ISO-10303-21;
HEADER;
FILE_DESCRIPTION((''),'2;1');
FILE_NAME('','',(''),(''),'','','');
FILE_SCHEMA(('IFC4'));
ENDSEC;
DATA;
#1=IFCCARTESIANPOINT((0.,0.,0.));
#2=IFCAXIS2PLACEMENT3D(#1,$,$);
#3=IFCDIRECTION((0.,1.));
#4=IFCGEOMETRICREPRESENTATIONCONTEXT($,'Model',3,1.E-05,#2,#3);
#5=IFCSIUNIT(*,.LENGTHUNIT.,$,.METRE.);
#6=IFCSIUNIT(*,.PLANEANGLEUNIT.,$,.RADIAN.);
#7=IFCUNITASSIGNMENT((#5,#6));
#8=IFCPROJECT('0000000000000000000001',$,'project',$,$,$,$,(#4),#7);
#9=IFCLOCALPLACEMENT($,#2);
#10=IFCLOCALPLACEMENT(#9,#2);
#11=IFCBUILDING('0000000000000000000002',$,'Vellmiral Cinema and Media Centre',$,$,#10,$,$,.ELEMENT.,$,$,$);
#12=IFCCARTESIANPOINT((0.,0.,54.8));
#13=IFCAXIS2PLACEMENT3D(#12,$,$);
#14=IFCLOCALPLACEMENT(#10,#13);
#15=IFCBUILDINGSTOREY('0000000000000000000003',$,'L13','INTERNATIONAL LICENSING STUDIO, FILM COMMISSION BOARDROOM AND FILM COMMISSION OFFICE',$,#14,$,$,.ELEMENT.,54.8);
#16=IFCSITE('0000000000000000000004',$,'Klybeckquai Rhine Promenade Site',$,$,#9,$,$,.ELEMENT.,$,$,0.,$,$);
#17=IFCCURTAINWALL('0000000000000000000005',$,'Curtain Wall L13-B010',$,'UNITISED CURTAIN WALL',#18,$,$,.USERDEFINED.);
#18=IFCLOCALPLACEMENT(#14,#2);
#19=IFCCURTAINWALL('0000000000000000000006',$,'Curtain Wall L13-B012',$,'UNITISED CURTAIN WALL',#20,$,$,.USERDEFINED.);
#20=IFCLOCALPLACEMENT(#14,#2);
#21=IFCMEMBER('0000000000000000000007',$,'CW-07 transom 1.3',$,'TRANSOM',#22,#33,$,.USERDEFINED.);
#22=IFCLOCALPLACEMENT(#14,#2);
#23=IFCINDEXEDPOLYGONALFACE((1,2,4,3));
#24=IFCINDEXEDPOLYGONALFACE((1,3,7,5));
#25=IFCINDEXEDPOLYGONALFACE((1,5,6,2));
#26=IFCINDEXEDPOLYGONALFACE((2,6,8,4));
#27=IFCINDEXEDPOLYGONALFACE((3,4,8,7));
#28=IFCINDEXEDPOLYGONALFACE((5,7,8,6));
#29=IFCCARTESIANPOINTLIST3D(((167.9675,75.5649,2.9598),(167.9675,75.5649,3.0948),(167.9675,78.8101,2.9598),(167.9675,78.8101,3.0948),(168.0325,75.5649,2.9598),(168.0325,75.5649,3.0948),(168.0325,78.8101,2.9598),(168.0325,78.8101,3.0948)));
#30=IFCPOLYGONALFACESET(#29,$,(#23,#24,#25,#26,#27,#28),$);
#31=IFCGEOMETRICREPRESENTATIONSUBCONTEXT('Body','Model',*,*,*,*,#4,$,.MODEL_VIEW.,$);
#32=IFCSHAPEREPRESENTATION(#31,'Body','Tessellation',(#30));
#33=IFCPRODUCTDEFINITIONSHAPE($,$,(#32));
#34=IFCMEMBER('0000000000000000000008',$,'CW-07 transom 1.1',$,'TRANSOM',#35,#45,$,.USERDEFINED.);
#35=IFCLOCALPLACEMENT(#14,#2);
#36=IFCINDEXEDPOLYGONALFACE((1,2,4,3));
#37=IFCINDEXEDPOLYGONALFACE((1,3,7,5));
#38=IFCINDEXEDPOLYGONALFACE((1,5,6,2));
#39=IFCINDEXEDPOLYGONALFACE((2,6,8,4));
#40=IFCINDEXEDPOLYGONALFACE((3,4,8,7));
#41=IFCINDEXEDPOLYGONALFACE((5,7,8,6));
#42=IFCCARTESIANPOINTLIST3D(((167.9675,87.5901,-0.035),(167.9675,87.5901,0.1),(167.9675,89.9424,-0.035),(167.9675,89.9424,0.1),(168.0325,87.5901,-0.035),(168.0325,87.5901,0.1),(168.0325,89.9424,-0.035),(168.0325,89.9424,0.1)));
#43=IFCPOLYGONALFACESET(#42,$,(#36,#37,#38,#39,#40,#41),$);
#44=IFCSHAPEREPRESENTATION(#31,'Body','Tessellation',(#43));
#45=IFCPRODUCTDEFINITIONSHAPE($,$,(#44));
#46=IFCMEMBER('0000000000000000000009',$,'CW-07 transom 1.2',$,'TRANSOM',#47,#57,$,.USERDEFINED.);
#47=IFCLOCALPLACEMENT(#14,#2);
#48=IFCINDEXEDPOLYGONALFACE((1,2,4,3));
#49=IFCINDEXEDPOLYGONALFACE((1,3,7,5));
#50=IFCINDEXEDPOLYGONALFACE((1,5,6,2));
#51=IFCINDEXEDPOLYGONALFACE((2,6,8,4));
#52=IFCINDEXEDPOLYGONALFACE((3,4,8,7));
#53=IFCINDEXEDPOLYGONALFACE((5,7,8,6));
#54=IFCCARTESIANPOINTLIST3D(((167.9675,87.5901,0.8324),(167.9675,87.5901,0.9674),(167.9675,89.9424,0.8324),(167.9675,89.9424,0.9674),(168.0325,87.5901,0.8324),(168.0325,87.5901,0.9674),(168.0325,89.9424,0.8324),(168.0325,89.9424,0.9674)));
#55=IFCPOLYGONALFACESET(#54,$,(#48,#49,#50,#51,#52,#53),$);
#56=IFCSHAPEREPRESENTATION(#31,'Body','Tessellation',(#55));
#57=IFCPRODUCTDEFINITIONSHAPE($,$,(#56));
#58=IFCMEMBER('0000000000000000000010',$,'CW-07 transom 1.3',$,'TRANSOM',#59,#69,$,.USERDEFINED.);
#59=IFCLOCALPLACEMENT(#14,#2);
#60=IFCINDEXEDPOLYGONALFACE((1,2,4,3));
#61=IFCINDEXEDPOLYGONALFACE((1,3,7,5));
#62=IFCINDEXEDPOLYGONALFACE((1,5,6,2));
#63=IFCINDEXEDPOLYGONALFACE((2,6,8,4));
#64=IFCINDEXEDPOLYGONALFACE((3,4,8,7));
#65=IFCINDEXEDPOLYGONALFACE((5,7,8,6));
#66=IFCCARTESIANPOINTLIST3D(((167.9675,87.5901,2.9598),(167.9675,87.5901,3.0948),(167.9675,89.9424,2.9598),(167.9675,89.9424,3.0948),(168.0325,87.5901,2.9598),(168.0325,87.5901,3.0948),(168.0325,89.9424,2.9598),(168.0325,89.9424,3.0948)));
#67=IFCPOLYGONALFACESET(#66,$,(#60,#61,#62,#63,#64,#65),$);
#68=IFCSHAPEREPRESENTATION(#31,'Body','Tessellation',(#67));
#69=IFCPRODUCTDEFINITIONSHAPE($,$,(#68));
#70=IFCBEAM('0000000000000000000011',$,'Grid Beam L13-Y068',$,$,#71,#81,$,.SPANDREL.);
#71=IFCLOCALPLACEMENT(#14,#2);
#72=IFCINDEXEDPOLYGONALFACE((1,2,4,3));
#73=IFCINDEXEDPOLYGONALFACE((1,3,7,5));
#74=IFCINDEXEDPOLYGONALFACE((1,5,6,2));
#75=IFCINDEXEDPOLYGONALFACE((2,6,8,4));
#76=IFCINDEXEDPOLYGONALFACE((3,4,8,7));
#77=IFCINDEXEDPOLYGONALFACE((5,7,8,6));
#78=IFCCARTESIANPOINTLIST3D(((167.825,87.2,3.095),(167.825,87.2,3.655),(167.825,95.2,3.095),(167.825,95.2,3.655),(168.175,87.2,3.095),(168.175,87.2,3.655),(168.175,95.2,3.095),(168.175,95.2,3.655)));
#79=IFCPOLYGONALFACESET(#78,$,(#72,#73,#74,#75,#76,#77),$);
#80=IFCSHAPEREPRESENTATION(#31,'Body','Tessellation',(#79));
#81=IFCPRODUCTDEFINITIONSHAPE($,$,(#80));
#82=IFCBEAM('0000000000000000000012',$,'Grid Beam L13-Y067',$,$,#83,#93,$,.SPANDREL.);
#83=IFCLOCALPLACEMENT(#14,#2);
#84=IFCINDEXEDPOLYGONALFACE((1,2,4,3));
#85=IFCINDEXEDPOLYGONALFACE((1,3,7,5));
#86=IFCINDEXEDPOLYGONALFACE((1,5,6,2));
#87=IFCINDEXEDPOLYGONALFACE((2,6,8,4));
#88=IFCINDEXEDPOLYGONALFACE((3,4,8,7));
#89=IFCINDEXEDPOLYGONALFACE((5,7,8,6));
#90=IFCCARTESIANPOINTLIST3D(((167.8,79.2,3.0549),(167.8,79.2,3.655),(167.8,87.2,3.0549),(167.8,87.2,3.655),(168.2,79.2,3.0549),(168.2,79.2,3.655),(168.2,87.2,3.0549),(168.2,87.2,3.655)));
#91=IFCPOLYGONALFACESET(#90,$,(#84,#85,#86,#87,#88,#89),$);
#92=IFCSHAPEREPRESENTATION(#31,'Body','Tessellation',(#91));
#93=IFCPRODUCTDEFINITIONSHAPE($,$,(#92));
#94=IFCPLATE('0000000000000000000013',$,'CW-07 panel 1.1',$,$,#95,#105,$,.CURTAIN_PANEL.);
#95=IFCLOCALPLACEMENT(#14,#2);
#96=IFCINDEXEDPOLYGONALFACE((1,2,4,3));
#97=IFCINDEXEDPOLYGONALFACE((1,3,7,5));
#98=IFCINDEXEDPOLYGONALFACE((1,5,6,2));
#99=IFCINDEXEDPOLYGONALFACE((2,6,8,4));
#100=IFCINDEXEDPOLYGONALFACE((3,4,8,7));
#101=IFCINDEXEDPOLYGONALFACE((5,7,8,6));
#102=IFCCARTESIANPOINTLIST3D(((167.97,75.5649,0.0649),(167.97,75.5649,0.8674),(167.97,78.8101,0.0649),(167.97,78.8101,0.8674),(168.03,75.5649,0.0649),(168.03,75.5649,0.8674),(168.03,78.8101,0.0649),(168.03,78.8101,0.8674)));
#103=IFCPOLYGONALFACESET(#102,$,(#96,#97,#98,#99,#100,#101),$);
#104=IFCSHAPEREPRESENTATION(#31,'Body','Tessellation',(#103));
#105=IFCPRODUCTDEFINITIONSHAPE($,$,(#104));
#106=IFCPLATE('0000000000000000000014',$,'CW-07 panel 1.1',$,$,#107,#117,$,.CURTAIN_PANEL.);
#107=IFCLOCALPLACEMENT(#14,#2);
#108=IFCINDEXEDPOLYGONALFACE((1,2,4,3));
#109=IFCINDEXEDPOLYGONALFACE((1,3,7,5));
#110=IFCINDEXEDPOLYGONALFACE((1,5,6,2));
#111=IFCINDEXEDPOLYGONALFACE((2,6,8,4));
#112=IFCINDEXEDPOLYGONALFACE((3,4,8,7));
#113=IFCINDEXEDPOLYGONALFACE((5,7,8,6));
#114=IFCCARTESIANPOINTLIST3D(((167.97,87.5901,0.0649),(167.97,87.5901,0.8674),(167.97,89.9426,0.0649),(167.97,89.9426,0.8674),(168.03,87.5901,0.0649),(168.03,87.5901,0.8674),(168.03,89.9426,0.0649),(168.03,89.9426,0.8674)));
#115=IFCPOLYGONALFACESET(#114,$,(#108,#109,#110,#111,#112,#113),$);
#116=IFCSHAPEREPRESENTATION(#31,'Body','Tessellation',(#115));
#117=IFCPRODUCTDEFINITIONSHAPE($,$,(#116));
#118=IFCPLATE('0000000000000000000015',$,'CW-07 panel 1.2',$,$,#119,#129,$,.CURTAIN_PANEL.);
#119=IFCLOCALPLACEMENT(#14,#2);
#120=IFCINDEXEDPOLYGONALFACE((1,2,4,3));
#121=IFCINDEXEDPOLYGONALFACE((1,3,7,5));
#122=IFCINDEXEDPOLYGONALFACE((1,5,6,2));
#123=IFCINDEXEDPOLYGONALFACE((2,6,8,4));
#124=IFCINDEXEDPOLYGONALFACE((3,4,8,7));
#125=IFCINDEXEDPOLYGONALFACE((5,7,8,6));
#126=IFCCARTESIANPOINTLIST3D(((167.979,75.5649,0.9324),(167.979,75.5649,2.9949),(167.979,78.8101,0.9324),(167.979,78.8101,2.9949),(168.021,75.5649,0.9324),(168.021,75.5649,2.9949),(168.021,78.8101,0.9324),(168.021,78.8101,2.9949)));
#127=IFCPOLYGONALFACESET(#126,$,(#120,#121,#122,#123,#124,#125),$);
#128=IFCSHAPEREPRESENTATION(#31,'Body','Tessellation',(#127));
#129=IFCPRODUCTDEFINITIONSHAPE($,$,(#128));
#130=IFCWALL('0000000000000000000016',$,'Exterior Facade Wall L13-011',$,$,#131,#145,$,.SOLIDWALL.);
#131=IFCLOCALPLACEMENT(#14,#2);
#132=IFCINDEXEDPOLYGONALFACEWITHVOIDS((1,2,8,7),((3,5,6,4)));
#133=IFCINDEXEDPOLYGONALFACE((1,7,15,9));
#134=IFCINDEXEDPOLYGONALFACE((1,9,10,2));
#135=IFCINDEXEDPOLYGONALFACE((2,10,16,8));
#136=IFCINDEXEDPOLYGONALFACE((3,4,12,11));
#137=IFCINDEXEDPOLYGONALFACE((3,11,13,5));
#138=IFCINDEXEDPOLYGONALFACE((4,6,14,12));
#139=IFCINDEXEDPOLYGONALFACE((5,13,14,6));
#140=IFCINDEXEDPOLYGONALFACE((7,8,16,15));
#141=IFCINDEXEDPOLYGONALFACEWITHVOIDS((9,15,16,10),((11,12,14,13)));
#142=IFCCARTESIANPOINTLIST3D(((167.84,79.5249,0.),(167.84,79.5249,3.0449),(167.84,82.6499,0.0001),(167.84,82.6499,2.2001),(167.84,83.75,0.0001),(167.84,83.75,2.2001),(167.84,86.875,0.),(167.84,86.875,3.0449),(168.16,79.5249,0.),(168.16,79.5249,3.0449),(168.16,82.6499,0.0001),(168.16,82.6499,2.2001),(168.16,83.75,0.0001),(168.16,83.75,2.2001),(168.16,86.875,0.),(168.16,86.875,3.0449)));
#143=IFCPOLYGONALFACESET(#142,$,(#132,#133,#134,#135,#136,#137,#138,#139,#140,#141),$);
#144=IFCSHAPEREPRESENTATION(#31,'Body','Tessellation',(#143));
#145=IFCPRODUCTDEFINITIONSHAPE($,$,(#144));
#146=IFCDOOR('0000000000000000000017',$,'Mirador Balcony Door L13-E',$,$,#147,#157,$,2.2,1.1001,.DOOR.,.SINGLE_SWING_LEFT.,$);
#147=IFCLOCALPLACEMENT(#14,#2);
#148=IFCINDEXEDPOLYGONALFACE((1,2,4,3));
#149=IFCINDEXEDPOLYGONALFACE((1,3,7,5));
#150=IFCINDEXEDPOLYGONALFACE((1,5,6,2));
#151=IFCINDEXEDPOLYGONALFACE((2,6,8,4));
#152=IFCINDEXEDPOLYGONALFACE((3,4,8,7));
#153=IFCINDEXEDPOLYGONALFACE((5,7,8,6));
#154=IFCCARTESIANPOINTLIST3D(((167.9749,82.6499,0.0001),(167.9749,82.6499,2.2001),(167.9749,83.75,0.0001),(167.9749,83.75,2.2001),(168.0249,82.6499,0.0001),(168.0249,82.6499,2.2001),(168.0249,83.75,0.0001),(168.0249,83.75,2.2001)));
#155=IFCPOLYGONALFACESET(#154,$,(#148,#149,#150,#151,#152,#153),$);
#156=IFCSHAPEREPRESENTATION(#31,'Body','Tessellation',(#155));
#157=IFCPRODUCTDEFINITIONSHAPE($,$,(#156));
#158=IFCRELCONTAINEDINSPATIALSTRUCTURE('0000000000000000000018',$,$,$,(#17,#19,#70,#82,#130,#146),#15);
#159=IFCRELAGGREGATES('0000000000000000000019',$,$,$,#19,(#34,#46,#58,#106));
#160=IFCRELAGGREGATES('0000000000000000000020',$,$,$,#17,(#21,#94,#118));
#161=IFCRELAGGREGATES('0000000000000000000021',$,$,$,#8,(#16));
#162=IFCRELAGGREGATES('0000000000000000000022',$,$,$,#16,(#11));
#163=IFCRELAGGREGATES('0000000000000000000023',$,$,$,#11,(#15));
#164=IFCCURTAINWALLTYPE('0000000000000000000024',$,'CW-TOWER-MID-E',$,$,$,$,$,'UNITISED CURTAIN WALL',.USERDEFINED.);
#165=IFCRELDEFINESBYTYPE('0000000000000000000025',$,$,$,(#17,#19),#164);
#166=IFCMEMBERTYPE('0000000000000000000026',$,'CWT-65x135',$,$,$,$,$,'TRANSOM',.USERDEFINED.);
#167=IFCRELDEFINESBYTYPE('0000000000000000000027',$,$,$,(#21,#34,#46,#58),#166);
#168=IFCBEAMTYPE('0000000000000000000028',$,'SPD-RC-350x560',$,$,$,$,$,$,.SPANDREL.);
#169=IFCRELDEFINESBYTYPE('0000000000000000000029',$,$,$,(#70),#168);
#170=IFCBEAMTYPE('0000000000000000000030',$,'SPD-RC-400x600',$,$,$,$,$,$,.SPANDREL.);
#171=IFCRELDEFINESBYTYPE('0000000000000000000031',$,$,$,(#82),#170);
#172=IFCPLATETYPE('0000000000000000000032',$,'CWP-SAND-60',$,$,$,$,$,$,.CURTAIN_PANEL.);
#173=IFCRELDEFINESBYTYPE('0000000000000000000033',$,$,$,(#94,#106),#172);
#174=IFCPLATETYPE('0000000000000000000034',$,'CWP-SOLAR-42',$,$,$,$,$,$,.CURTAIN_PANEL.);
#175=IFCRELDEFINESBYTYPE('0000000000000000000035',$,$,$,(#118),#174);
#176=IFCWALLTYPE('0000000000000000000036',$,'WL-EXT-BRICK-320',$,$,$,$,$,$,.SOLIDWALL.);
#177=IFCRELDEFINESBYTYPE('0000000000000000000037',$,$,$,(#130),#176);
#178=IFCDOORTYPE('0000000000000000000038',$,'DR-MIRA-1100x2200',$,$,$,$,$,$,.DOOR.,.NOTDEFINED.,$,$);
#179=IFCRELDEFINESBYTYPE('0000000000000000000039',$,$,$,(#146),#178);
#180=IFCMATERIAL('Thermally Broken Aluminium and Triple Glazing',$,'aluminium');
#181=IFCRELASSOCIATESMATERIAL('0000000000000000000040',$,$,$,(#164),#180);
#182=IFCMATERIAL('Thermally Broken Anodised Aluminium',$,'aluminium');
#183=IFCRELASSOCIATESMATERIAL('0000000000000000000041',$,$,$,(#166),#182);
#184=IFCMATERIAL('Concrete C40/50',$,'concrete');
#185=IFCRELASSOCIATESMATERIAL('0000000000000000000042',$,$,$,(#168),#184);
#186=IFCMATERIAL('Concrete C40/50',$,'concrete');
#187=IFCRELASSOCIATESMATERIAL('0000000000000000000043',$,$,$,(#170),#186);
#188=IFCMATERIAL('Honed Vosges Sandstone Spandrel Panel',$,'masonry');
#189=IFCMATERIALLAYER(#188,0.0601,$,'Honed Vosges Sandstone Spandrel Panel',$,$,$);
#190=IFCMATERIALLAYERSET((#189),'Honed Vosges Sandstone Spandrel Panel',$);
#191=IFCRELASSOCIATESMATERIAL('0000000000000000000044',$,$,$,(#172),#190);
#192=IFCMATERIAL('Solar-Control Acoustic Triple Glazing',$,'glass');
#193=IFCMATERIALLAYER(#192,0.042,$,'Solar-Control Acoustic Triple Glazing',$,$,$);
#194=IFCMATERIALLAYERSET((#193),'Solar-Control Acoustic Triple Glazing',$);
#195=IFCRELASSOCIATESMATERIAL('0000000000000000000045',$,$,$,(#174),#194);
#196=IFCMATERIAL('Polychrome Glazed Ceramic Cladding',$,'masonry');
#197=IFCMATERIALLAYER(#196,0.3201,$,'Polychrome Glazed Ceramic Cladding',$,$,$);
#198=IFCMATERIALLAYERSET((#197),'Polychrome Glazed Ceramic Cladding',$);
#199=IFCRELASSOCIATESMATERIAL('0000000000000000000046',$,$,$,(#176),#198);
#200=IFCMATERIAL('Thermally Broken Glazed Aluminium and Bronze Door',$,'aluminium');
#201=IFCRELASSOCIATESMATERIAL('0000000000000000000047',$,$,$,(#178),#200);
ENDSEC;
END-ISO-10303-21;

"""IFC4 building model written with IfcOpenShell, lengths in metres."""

from ifc_helpers import new_model, si_unit, direction, frame, frame_2d, origin, origin_2d, place, context, subcontext, project, spatial, rectangle, extrude, material, layer, layer_set, material_profile, profile_set, type_object, element, fill, aggregate, save


model = new_model("IFC4")

# Units and contexts
model_context = context("Model", 3, precision=1e-05, world=origin(), true_north=direction((0.0, 1.0)))
body_context = subcontext(model_context, "Body", "Model", "MODEL_VIEW")
ifc_project = project(units=[si_unit("LENGTHUNIT", "METRE"), si_unit("PLANEANGLEUNIT", "RADIAN")], contexts=[model_context])

# Site, building, storey
site_placement = place(None, origin())
site = spatial("IfcSite", under=ifc_project, at=site_placement, Name="Klybeckquai Rhine Promenade Site", CompositionType="ELEMENT", RefElevation=0.0)
building_placement = place(site_placement, origin())
building = spatial("IfcBuilding", under=site, at=building_placement, Name="Vellmiral Cinema and Media Centre", CompositionType="ELEMENT")
storey_placement = place(building_placement, frame((0.0, 0.0, 54.8)))
storey = spatial("IfcBuildingStorey", under=building, at=storey_placement, Name="L13", Description="INTERNATIONAL LICENSING STUDIO, FILM COMMISSION BOARDROOM AND FILM COMMISSION OFFICE", CompositionType="ELEMENT", Elevation=54.8)

# Curtain wall
ifc_material_1 = material(Name="Thermally Broken Aluminium and Triple Glazing", Category="aluminium")
curtain_wall_type = type_object("IfcCurtainWallType", Name="CW-TOWER-MID-E", ElementType="UNITISED CURTAIN WALL", PredefinedType="USERDEFINED", material=ifc_material_1)
curtain_wall_1_placement = place(storey_placement, origin())
curtain_wall_1 = element("IfcCurtainWall", 1, at=curtain_wall_1_placement, inside=storey, type_object=curtain_wall_type, Name="Curtain Wall L13-B010", ObjectType="UNITISED CURTAIN WALL", PredefinedType="USERDEFINED")

# Curtain wall
curtain_wall_2_placement = place(storey_placement, origin())
curtain_wall_2 = element("IfcCurtainWall", 2, at=curtain_wall_2_placement, inside=storey, type_object=curtain_wall_type, Name="Curtain Wall L13-B012", ObjectType="UNITISED CURTAIN WALL", PredefinedType="USERDEFINED")

# Members
ifc_material_2 = material(Name="Thermally Broken Anodised Aluminium", Category="aluminium")
ifc_material_profile_1 = material_profile(ifc_material_2, rectangle(XDim=0.0649, YDim=0.135, at=origin_2d()), Name="MULL 65x135")
ifc_profile_set_1 = profile_set([ifc_material_profile_1], Name="Thermally Broken Anodised Aluminium")
member_type_1 = type_object("IfcMemberType", Name="CWT-65x135", ElementType="TRANSOM", PredefinedType="USERDEFINED", material=ifc_profile_set_1)
member_1_placement = place(storey_placement, frame((168.0, 75.5649, 3.0273), z_axis=(0.0, 1.0, 0.0), x_axis=(-1.0, 0.0, 0.0)))
member_1 = element("IfcMember", 3, at=member_1_placement, type_object=member_type_1, Name="CW-07 transom 1.3", ObjectType="TRANSOM", PredefinedType="USERDEFINED", context=body_context, shape_type="SweptSolid", body=[
    extrude(rectangle(XDim=0.0649, YDim=0.135, at=origin_2d()), origin(), (0.0, 0.0, 1.0), 3.2451),
])
member_2_placement = place(storey_placement, frame((168.0, 87.5901, 0.0325), z_axis=(0.0, 1.0, 0.0), x_axis=(-1.0, 0.0, 0.0)))
member_2 = element("IfcMember", 4, at=member_2_placement, type_object=member_type_1, Name="CW-07 transom 1.1", ObjectType="TRANSOM", PredefinedType="USERDEFINED", context=body_context, shape_type="SweptSolid", body=[
    extrude(rectangle(XDim=0.0649, YDim=0.135, at=origin_2d()), origin(), (0.0, 0.0, 1.0), 2.3523),
])
member_3_placement = place(storey_placement, frame((168.0, 87.5901, 0.8999), z_axis=(0.0, 1.0, 0.0), x_axis=(-1.0, 0.0, 0.0)))
member_3 = element("IfcMember", 5, at=member_3_placement, type_object=member_type_1, Name="CW-07 transom 1.2", ObjectType="TRANSOM", PredefinedType="USERDEFINED", context=body_context, shape_type="SweptSolid", body=[
    extrude(rectangle(XDim=0.0649, YDim=0.135, at=origin_2d()), origin(), (0.0, 0.0, 1.0), 2.3523),
])
member_4_placement = place(storey_placement, frame((168.0, 87.5901, 3.0273), z_axis=(0.0, 1.0, 0.0), x_axis=(-1.0, 0.0, 0.0)))
member_4 = element("IfcMember", 6, at=member_4_placement, type_object=member_type_1, Name="CW-07 transom 1.3", ObjectType="TRANSOM", PredefinedType="USERDEFINED", context=body_context, shape_type="SweptSolid", body=[
    extrude(rectangle(XDim=0.0649, YDim=0.135, at=origin_2d()), origin(), (0.0, 0.0, 1.0), 2.3523),
])

# Beams
ifc_material_3 = material(Name="Concrete C40/50", Category="concrete")
ifc_material_profile_2 = material_profile(ifc_material_3, rectangle(XDim=0.3501, YDim=0.5601, at=origin_2d()), Name="RC 350x560")
ifc_profile_set_2 = profile_set([ifc_material_profile_2], Name="Concrete C40/50")
beam_type_1 = type_object("IfcBeamType", Name="SPD-RC-350x560", PredefinedType="SPANDREL", material=ifc_profile_set_2)
beam_1_placement = place(storey_placement, frame((168.0, 87.2, 3.375), z_axis=(0.0, 1.0, 0.0), x_axis=(-1.0, 0.0, 0.0)))
element("IfcBeam", 7, at=beam_1_placement, inside=storey, type_object=beam_type_1, Name="Grid Beam L13-Y068", PredefinedType="SPANDREL", context=body_context, shape_type="SweptSolid", body=[
    extrude(rectangle(XDim=0.3501, YDim=0.5601, at=origin_2d()), origin(), (0.0, 0.0, 1.0), 8.0),
])
ifc_material_4 = material(Name="Concrete C40/50", Category="concrete")
ifc_material_profile_3 = material_profile(ifc_material_4, rectangle(XDim=0.3999, YDim=0.6001, at=origin_2d()), Name="RC 400x600")
ifc_profile_set_3 = profile_set([ifc_material_profile_3], Name="Concrete C40/50")
beam_type_2 = type_object("IfcBeamType", Name="SPD-RC-400x600", PredefinedType="SPANDREL", material=ifc_profile_set_3)
beam_2_placement = place(storey_placement, frame((168.0, 79.2, 3.355), z_axis=(0.0, 1.0, 0.0), x_axis=(-1.0, 0.0, 0.0)))
element("IfcBeam", 8, at=beam_2_placement, inside=storey, type_object=beam_type_2, Name="Grid Beam L13-Y067", PredefinedType="SPANDREL", context=body_context, shape_type="SweptSolid", body=[
    extrude(rectangle(XDim=0.3999, YDim=0.6001, at=origin_2d()), origin(), (0.0, 0.0, 1.0), 8.0),
])

# Plates
ifc_material_5 = material(Name="Honed Vosges Sandstone Spandrel Panel", Category="masonry")
ifc_layer_1 = layer(ifc_material_5, 0.0601, Name="Honed Vosges Sandstone Spandrel Panel")
ifc_layer_set_1 = layer_set([ifc_layer_1], Name="Honed Vosges Sandstone Spandrel Panel")
plate_type_1 = type_object("IfcPlateType", Name="CWP-SAND-60", PredefinedType="CURTAIN_PANEL", material=ifc_layer_set_1)
plate_1_placement = place(storey_placement, frame((168.0, 77.1875, 0.0649), z_axis=(0.0, 0.0, 1.0), x_axis=(0.0, 1.0, 0.0)))
plate_1 = element("IfcPlate", 9, at=plate_1_placement, type_object=plate_type_1, Name="CW-07 panel 1.1", PredefinedType="CURTAIN_PANEL", context=body_context, shape_type="SweptSolid", body=[
    extrude(rectangle(XDim=3.2451, YDim=0.0601, at=origin_2d()), origin(), (0.0, 0.0, 1.0), 0.8025),
])
plate_2_placement = place(storey_placement, frame((168.0, 88.7664, 0.0649), z_axis=(0.0, 0.0, 1.0), x_axis=(0.0, 1.0, 0.0)))
plate_2 = element("IfcPlate", 10, at=plate_2_placement, type_object=plate_type_1, Name="CW-07 panel 1.1", PredefinedType="CURTAIN_PANEL", context=body_context, shape_type="SweptSolid", body=[
    extrude(rectangle(XDim=2.3525, YDim=0.0601, at=origin_2d()), origin(), (0.0, 0.0, 1.0), 0.8025),
])
aggregate(curtain_wall_2, [member_2, member_3, member_4, plate_2])
ifc_material_6 = material(Name="Solar-Control Acoustic Triple Glazing", Category="glass")
ifc_layer_2 = layer(ifc_material_6, 0.042, Name="Solar-Control Acoustic Triple Glazing")
ifc_layer_set_2 = layer_set([ifc_layer_2], Name="Solar-Control Acoustic Triple Glazing")
plate_type_2 = type_object("IfcPlateType", Name="CWP-SOLAR-42", PredefinedType="CURTAIN_PANEL", material=ifc_layer_set_2)
plate_3_placement = place(storey_placement, frame((168.0, 77.1875, 0.9324), z_axis=(0.0, 0.0, 1.0), x_axis=(0.0, 1.0, 0.0)))
plate_3 = element("IfcPlate", 11, at=plate_3_placement, type_object=plate_type_2, Name="CW-07 panel 1.2", PredefinedType="CURTAIN_PANEL", context=body_context, shape_type="SweptSolid", body=[
    extrude(rectangle(XDim=3.2451, YDim=0.042, at=origin_2d()), origin(), (0.0, 0.0, 1.0), 2.0625),
])
aggregate(curtain_wall_1, [member_1, plate_1, plate_3])

# Wall, opening, door
ifc_material_7 = material(Name="Polychrome Glazed Ceramic Cladding", Category="masonry")
ifc_layer_3 = layer(ifc_material_7, 0.3201, Name="Polychrome Glazed Ceramic Cladding")
ifc_layer_set_3 = layer_set([ifc_layer_3], Name="Polychrome Glazed Ceramic Cladding")
wall_type = type_object("IfcWallType", Name="WL-EXT-BRICK-320", PredefinedType="SOLIDWALL", material=ifc_layer_set_3)
wall_placement = place(storey_placement, frame((168.0, 79.5249, 0.0), z_axis=(0.0, 0.0, 1.0), x_axis=(0.0, 1.0, 0.0)))
wall = element("IfcWall", 12, at=wall_placement, inside=storey, type_object=wall_type, Name="Exterior Facade Wall L13-011", PredefinedType="SOLIDWALL", context=body_context, shape_type="SweptSolid", body=[
    extrude(rectangle(XDim=7.3501, YDim=0.3201, at=frame_2d((3.675, 0.0))), origin(), (0.0, 0.0, 1.0), 3.0449),
])
opening_placement = place(wall_placement, frame((3.125, 0.0, 0.0)))
opening = element("IfcOpeningElement", 13, at=opening_placement, cuts=wall, PredefinedType="OPENING", context=body_context, shape_type="SweptSolid", body=[
    extrude(rectangle(XDim=1.1001, YDim=2.2, at=frame_2d((0.55, 1.1001))), frame((0.0, 0.1719, 0.0), z_axis=(0.0, -1.0, 0.0), x_axis=(1.0, 0.0, 0.0)), (0.0, 0.0, 1.0), 0.344),
])
ifc_material_8 = material(Name="Thermally Broken Glazed Aluminium and Bronze Door", Category="aluminium")
door_type = type_object("IfcDoorType", Name="DR-MIRA-1100x2200", OperationType="NOTDEFINED", PredefinedType="DOOR", material=ifc_material_8)
door_placement = place(opening_placement, frame((1.1001, 0.0, 0.0), z_axis=(0.0, 0.0, 1.0), x_axis=(-1.0, 0.0, 0.0)))
door = element("IfcDoor", 14, at=door_placement, inside=storey, type_object=door_type, Name="Mirador Balcony Door L13-E", OperationType="SINGLE_SWING_LEFT", OverallHeight=2.2, OverallWidth=1.1001, PredefinedType="DOOR", context=body_context, shape_type="SweptSolid", body=[
    extrude(rectangle(XDim=1.1001, YDim=2.2, at=frame_2d((0.55, 1.1001))), frame((0.0, 0.0249, 0.0), z_axis=(0.0, -1.0, 0.0), x_axis=(1.0, 0.0, 0.0)), (0.0, 0.0, 1.0), 0.05),
])
fill(opening, door)

save(model, "model.ifc")
